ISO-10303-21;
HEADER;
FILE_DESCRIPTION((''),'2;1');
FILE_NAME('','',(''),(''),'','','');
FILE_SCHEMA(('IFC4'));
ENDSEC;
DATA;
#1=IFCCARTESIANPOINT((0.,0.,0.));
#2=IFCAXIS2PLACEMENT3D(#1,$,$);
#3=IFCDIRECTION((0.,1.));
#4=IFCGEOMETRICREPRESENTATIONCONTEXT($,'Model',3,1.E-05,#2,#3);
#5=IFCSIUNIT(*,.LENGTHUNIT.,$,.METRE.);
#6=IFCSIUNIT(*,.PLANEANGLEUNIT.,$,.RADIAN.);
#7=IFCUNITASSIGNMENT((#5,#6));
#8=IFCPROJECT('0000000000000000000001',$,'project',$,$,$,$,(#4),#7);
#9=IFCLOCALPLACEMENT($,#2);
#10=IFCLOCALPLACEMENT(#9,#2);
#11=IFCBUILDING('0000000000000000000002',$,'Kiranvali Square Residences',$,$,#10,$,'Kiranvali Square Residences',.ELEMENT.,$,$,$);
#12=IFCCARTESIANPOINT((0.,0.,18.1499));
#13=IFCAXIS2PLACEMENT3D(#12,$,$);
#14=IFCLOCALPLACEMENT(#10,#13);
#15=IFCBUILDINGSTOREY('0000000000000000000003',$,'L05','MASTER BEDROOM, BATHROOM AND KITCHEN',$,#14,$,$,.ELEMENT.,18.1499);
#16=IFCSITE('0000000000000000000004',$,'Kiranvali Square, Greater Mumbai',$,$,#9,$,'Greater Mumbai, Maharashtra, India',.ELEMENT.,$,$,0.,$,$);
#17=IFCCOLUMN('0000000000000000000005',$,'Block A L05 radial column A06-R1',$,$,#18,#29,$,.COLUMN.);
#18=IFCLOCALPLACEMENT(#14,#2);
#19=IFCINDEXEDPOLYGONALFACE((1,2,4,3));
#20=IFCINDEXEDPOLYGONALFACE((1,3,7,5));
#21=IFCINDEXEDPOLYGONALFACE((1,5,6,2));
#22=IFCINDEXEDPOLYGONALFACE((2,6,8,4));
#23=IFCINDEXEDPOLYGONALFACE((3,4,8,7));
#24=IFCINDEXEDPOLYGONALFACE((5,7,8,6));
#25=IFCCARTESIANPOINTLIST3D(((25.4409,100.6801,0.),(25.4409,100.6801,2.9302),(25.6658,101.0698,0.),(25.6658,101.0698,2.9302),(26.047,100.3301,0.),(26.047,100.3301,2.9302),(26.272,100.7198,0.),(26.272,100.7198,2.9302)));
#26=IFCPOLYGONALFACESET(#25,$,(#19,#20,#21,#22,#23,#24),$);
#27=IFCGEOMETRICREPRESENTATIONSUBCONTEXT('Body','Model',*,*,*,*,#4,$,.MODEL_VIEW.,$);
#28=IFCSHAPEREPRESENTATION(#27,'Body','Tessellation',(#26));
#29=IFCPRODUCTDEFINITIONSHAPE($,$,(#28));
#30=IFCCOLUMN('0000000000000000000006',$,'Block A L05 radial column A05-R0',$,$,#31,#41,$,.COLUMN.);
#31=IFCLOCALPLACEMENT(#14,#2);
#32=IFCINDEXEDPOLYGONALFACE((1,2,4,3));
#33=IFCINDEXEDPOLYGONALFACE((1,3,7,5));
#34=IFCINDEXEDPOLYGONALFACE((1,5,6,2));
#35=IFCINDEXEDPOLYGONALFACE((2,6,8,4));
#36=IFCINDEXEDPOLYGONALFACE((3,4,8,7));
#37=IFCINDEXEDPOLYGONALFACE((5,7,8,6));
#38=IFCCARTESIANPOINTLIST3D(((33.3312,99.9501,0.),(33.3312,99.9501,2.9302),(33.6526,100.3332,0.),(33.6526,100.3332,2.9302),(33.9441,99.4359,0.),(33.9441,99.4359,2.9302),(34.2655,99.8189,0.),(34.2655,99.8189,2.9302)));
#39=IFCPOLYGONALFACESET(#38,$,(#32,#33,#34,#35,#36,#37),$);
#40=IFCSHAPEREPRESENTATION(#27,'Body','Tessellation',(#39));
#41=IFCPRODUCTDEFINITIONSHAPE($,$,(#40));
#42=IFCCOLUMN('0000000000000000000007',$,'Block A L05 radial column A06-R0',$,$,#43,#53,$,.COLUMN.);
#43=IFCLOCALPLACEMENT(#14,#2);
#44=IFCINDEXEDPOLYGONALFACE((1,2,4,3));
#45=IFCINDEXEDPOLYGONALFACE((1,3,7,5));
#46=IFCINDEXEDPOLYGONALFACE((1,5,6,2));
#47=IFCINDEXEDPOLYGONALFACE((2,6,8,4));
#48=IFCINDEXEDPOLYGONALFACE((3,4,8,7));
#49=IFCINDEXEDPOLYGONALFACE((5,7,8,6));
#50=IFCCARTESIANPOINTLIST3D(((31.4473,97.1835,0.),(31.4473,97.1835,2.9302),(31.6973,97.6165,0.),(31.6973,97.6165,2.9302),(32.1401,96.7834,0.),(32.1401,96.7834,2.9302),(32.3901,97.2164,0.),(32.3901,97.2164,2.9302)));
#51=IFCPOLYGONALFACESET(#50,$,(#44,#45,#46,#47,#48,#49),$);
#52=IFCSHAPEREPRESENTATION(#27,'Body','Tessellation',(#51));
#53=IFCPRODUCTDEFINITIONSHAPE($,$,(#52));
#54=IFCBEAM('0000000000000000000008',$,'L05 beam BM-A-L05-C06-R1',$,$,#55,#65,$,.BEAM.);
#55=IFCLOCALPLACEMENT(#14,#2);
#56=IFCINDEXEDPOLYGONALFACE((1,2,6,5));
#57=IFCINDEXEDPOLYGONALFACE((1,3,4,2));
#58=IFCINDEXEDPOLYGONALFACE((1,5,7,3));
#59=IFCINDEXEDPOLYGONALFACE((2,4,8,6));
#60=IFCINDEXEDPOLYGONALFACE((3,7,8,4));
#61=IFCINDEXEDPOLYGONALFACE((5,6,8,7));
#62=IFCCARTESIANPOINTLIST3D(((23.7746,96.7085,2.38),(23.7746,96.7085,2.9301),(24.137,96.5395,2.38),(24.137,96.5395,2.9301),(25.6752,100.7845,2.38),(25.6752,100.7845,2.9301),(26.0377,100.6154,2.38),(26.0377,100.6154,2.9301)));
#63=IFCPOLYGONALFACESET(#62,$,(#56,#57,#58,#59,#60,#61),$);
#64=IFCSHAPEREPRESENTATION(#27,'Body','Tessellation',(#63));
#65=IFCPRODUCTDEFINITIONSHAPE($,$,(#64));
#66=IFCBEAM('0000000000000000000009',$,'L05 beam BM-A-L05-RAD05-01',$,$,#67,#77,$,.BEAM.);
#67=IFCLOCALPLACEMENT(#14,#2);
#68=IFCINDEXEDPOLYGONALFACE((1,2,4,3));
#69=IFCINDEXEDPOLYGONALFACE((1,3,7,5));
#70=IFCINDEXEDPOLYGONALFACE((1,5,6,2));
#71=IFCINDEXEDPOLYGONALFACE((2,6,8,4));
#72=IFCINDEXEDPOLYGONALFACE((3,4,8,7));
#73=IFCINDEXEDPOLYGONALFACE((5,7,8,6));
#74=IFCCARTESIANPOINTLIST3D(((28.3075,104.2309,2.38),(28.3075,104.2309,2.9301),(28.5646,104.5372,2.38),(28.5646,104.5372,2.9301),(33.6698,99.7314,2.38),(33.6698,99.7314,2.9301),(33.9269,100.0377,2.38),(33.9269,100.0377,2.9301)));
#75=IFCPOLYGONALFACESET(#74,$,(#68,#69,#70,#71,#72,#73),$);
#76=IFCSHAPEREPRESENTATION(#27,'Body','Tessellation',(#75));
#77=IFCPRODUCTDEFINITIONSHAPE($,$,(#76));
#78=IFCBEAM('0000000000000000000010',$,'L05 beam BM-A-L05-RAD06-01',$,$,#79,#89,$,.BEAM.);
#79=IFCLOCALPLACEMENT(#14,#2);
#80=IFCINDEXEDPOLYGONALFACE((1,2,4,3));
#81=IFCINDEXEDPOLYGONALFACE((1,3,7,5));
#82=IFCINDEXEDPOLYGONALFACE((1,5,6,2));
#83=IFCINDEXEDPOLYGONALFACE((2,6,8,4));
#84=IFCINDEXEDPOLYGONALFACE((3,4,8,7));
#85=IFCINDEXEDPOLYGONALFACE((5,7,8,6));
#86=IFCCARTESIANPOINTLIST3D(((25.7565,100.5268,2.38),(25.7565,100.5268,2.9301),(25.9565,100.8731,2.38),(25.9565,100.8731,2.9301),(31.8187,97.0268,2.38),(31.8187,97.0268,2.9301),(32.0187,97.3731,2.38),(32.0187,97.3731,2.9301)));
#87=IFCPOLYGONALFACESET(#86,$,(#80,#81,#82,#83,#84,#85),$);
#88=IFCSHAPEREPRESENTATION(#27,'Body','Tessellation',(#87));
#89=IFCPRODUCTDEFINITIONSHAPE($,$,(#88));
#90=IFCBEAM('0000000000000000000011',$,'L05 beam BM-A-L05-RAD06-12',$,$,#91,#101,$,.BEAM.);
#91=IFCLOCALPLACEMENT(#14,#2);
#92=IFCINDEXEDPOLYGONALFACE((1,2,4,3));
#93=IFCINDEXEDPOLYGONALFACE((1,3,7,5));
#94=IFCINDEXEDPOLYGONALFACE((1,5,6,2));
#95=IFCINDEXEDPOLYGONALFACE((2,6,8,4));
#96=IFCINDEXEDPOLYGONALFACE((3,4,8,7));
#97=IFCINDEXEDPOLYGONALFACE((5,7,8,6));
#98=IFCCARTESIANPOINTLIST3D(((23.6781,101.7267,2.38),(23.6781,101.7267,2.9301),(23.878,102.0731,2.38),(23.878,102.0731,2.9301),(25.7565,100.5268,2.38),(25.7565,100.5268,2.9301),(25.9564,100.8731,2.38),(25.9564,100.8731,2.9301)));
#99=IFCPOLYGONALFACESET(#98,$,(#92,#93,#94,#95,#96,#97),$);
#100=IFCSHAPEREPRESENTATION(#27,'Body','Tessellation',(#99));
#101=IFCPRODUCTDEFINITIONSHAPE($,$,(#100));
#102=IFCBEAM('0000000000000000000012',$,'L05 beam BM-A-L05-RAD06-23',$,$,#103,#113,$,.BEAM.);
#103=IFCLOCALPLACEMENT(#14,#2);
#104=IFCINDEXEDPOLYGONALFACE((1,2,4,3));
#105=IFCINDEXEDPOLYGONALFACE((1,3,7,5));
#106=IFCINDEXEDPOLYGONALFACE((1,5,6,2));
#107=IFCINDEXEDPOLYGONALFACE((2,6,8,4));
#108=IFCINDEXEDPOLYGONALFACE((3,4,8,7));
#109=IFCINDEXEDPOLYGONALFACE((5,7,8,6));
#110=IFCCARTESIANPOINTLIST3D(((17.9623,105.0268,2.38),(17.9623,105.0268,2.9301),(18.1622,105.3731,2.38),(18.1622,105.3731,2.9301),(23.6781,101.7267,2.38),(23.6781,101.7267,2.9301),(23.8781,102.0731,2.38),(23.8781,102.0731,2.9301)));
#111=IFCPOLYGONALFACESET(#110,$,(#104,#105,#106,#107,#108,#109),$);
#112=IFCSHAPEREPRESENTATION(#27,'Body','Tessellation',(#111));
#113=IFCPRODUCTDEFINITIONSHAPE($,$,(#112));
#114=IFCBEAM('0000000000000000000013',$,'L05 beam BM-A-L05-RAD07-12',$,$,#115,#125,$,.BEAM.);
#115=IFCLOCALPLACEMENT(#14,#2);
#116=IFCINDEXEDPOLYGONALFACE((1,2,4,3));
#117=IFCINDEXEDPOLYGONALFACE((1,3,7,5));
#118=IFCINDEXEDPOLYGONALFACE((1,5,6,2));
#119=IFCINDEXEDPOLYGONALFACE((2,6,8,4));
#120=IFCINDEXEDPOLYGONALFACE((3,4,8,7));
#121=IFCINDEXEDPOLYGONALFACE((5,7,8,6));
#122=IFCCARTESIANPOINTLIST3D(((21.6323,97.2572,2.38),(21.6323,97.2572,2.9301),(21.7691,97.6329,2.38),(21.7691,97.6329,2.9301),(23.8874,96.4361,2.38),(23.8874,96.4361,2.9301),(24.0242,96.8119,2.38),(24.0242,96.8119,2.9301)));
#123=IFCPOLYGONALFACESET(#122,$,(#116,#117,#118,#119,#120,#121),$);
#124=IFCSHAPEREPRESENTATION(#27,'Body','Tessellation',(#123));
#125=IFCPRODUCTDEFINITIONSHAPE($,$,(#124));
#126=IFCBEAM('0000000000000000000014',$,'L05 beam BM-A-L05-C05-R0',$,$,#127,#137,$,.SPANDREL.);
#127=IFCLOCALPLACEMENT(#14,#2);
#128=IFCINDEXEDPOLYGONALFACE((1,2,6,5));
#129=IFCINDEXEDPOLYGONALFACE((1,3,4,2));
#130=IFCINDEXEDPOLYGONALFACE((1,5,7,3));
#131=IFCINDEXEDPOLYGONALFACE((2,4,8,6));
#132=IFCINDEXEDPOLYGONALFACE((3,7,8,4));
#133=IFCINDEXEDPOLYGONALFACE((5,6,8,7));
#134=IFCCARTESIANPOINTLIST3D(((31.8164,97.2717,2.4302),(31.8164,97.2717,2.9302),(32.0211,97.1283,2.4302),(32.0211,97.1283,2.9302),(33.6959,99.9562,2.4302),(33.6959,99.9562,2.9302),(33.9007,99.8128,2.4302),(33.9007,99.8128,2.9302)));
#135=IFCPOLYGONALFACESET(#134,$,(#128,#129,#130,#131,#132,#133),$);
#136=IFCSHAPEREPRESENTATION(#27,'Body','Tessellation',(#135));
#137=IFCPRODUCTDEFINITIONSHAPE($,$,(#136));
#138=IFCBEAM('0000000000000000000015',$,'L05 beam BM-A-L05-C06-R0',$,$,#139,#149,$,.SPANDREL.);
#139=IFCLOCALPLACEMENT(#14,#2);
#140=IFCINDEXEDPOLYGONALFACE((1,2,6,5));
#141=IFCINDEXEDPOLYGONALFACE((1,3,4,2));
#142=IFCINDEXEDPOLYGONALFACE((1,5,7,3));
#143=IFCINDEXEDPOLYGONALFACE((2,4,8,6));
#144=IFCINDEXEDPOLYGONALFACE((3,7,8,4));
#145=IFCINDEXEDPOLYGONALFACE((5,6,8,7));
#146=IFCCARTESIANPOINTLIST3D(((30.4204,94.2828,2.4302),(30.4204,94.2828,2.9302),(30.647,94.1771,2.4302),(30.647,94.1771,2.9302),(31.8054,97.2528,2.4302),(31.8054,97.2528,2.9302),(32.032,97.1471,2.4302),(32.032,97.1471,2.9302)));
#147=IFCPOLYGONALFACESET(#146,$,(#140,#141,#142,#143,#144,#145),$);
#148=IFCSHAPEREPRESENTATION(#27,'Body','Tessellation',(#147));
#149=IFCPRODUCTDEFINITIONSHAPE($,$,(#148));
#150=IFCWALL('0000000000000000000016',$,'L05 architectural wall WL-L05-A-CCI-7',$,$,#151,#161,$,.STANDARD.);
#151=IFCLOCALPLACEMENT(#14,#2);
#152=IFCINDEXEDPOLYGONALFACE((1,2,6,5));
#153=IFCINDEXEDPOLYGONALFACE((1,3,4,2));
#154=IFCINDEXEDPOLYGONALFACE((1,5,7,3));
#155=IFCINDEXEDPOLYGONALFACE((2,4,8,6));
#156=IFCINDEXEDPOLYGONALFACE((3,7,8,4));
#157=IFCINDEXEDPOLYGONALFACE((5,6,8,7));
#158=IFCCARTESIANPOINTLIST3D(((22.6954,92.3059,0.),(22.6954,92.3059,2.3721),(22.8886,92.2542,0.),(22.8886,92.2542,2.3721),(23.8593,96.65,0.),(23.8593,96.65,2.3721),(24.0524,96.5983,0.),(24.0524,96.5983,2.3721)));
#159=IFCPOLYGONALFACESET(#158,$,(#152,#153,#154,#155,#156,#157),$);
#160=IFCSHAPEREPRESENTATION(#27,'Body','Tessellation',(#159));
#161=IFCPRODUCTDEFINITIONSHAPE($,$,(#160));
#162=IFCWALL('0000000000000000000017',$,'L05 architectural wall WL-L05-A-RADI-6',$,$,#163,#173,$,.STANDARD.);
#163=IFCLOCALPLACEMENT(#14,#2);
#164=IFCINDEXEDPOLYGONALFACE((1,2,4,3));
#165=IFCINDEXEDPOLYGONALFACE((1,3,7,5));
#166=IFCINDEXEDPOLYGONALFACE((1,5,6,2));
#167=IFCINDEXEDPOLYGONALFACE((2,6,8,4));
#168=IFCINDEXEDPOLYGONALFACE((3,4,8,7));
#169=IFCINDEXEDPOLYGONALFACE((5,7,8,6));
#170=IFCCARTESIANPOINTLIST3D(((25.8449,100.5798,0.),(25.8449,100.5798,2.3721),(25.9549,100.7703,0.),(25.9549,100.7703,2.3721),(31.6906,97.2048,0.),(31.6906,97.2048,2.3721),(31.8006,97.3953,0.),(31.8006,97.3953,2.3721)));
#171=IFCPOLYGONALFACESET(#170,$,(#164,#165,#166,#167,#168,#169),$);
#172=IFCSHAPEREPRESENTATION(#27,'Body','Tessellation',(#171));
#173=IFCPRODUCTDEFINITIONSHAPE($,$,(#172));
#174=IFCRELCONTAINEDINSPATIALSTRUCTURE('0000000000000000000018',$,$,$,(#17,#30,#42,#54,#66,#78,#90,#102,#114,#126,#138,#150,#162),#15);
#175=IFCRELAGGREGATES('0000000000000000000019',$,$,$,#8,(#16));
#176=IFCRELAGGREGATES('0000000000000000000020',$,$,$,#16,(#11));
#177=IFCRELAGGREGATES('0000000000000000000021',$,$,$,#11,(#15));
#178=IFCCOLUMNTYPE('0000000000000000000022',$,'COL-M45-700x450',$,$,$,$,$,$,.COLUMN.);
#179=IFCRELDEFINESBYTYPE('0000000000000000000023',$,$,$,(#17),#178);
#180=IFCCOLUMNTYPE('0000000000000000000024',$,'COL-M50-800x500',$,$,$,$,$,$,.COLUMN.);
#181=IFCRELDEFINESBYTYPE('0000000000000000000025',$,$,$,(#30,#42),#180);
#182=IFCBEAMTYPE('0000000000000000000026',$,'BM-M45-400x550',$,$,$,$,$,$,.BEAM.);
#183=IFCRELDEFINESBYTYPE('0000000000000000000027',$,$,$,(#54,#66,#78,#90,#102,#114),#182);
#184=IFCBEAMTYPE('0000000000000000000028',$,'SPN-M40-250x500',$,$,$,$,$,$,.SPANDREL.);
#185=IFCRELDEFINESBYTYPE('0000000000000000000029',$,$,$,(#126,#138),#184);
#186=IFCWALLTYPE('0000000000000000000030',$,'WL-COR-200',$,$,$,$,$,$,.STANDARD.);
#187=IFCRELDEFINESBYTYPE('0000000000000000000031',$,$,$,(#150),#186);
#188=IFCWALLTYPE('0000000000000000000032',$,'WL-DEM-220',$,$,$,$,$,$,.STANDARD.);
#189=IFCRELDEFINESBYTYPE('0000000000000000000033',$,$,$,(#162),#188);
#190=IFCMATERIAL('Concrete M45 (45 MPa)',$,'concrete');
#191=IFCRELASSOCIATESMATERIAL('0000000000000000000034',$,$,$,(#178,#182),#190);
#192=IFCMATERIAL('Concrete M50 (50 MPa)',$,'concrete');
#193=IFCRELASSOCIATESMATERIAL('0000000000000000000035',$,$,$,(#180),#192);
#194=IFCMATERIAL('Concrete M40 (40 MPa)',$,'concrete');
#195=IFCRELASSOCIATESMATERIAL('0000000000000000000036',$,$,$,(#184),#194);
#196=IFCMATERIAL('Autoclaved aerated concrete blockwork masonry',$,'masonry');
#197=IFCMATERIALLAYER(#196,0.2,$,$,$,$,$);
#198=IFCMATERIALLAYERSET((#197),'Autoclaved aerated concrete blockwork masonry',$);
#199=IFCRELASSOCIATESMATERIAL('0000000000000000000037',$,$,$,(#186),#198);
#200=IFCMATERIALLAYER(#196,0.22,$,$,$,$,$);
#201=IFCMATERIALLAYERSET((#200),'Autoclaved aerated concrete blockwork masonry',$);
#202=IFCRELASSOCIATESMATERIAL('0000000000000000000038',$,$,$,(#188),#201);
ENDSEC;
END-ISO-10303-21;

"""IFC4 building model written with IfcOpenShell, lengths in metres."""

from ifc_helpers import new_model, si_unit, direction, frame, frame_2d, origin, origin_2d, place, context, subcontext, project, spatial, rectangle, extrude, material, layer, layer_set, material_profile, profile_set, type_object, element, save


model = new_model("IFC4")

# Units and contexts
model_context = context("Model", 3, precision=1e-05, world=origin(), true_north=direction((0.0, 1.0)))
body_context = subcontext(model_context, "Body", "Model", "MODEL_VIEW")
ifc_project = project(units=[si_unit("LENGTHUNIT", "METRE"), si_unit("PLANEANGLEUNIT", "RADIAN")], contexts=[model_context])

# Site, building, storey
site_placement = place(None, origin())
site = spatial("IfcSite", under=ifc_project, at=site_placement, Name="Kiranvali Square, Greater Mumbai", LongName="Greater Mumbai, Maharashtra, India", CompositionType="ELEMENT", RefElevation=0.0)
building_placement = place(site_placement, origin())
building = spatial("IfcBuilding", under=site, at=building_placement, Name="Kiranvali Square Residences", LongName="Kiranvali Square Residences", CompositionType="ELEMENT")
storey_placement = place(building_placement, frame((0.0, 0.0, 18.1499)))
storey = spatial("IfcBuildingStorey", under=building, at=storey_placement, Name="L05", Description="MASTER BEDROOM, BATHROOM AND KITCHEN", CompositionType="ELEMENT", Elevation=18.1499)

# Columns
ifc_material_1 = material(Name="Concrete M45 (45 MPa)", Category="concrete")
ifc_material_profile_1 = material_profile(ifc_material_1, rectangle(XDim=0.45, YDim=0.7, at=origin_2d()), Name="RC 700x450")
ifc_profile_set_1 = profile_set([ifc_material_profile_1], Name="Concrete M45 (45 MPa)")
column_type_1 = type_object("IfcColumnType", Name="COL-M45-700x450", PredefinedType="COLUMN", material=ifc_profile_set_1)
column_placement = place(storey_placement, frame((25.8564, 100.7, 0.0), z_axis=(0.0, 0.0, 1.0), x_axis=(0.5, 0.866025, 0.0)))
element("IfcColumn", 1, at=column_placement, inside=storey, type_object=column_type_1, Name="Block A L05 radial column A06-R1", PredefinedType="COLUMN", context=body_context, shape_type="SweptSolid", body=[
    extrude(rectangle(XDim=0.45, YDim=0.7, at=origin_2d()), origin(), (0.0, 0.0, 1.0), 2.9302),
])
ifc_material_2 = material(Name="Concrete M50 (50 MPa)", Category="concrete")
ifc_material_profile_2 = material_profile(ifc_material_2, rectangle(XDim=0.5, YDim=0.8, at=origin_2d()), Name="RC 800x500")
ifc_profile_set_2 = profile_set([ifc_material_profile_2], Name="Concrete M50 (50 MPa)")
column_type_2 = type_object("IfcColumnType", Name="COL-M50-800x500", PredefinedType="COLUMN", material=ifc_profile_set_2)
for number, where, z_axis, x_axis, name in (
    (2, (33.7983, 99.8845, 0.0), (0.0, 0.0, 1.0), (0.642788, 0.766044, 0.0), "Block A L05 radial column A05-R0"),
    (3, (31.9187, 97.2, 0.0), (0.0, 0.0, 1.0), (0.5, 0.866025, 0.0), "Block A L05 radial column A06-R0"),
):
    element("IfcColumn", number, at=place(storey_placement, frame(where, z_axis=z_axis, x_axis=x_axis)), inside=storey, type_object=column_type_2, Name=name, PredefinedType="COLUMN", context=body_context, shape_type="SweptSolid", body=[
        extrude(rectangle(XDim=0.5, YDim=0.8, at=origin_2d()), origin(), (0.0, 0.0, 1.0), 2.9302),
    ])

# Beams
ifc_material_profile_3 = material_profile(ifc_material_1, rectangle(XDim=0.3999, YDim=0.55, at=origin_2d()), Name="RC 400x550")
ifc_profile_set_3 = profile_set([ifc_material_profile_3], Name="Concrete M45 (45 MPa)")
beam_type_1 = type_object("IfcBeamType", Name="BM-M45-400x550", PredefinedType="BEAM", material=ifc_profile_set_3)
beam_1_placement = place(storey_placement, frame((25.8564, 100.7, 2.655), z_axis=(-0.422618, -0.906308, 0.0), x_axis=(0.906308, -0.422618, 0.0)))
element("IfcBeam", 4, at=beam_1_placement, inside=storey, type_object=beam_type_1, Name="L05 beam BM-A-L05-C06-R1", PredefinedType="BEAM", context=body_context, shape_type="SweptSolid", body=[
    extrude(rectangle(XDim=0.3999, YDim=0.55, at=origin_2d()), origin(), (0.0, 0.0, 1.0), 4.4973),
])
for number, where, z_axis, x_axis, name in (
    (5, (33.7983, 99.8845, 2.655), (-0.766044, 0.642788, 0.0), (-0.642788, -0.766044, 0.0), "L05 beam BM-A-L05-RAD05-01"),
    (6, (31.9187, 97.2, 2.655), (-0.866028, 0.499995, 0.0), (-0.499995, -0.866028, 0.0), "L05 beam BM-A-L05-RAD06-01"),
):
    element("IfcBeam", number, at=place(storey_placement, frame(where, z_axis=z_axis, x_axis=x_axis)), inside=storey, type_object=beam_type_1, Name=name, PredefinedType="BEAM", context=body_context, shape_type="SweptSolid", body=[
        extrude(rectangle(XDim=0.3999, YDim=0.55, at=origin_2d()), origin(), (0.0, 0.0, 1.0), 7.0),
    ])
beam_2_placement = place(storey_placement, frame((25.8564, 100.7, 2.655), z_axis=(-0.866025, 0.500001, 0.0), x_axis=(-0.500001, -0.866025, 0.0)))
element("IfcBeam", 7, at=beam_2_placement, inside=storey, type_object=beam_type_1, Name="L05 beam BM-A-L05-RAD06-12", PredefinedType="BEAM", context=body_context, shape_type="SweptSolid", body=[
    extrude(rectangle(XDim=0.3999, YDim=0.55, at=origin_2d()), origin(), (0.0, 0.0, 1.0), 2.3999),
])
beam_3_placement = place(storey_placement, frame((23.7781, 101.8999, 2.655), z_axis=(-0.866024, 0.500002, 0.0), x_axis=(-0.500002, -0.866024, 0.0)))
element("IfcBeam", 8, at=beam_3_placement, inside=storey, type_object=beam_type_1, Name="L05 beam BM-A-L05-RAD06-23", PredefinedType="BEAM", context=body_context, shape_type="SweptSolid", body=[
    extrude(rectangle(XDim=0.3999, YDim=0.55, at=origin_2d()), origin(), (0.0, 0.0, 1.0), 6.6001),
])
beam_4_placement = place(storey_placement, frame((23.9558, 96.624, 2.655), z_axis=(-0.93966, 0.342111, 0.0), x_axis=(-0.342111, -0.93966, 0.0)))
element("IfcBeam", 9, at=beam_4_placement, inside=storey, type_object=beam_type_1, Name="L05 beam BM-A-L05-RAD07-12", PredefinedType="BEAM", context=body_context, shape_type="SweptSolid", body=[
    extrude(rectangle(XDim=0.3999, YDim=0.55, at=origin_2d()), origin(), (0.0, 0.0, 1.0), 2.3999),
])
ifc_material_3 = material(Name="Concrete M40 (40 MPa)", Category="concrete")
ifc_material_profile_4 = material_profile(ifc_material_3, rectangle(XDim=0.25, YDim=0.5, at=origin_2d()), Name="RC 250x500")
ifc_profile_set_4 = profile_set([ifc_material_profile_4], Name="Concrete M40 (40 MPa)")
beam_type_2 = type_object("IfcBeamType", Name="SPN-M40-250x500", PredefinedType="SPANDREL", material=ifc_profile_set_4)
for number, where, z_axis, x_axis, name in (
    (10, (33.7983, 99.8845, 2.6802), (-0.573552, -0.819169, 0.0), (0.819169, -0.573552, 0.0), "L05 beam BM-A-L05-C05-R0"),
    (11, (31.9187, 97.2, 2.6802), (-0.422641, -0.906297, 0.0), (0.906297, -0.422641, 0.0), "L05 beam BM-A-L05-C06-R0"),
):
    element("IfcBeam", number, at=place(storey_placement, frame(where, z_axis=z_axis, x_axis=x_axis)), inside=storey, type_object=beam_type_2, Name=name, PredefinedType="SPANDREL", context=body_context, shape_type="SweptSolid", body=[
        extrude(rectangle(XDim=0.25, YDim=0.5, at=origin_2d()), origin(), (0.0, 0.0, 1.0), 3.2771),
    ])

# Shared definitions
ifc_material_4 = material(Name="Autoclaved aerated concrete blockwork masonry", Category="masonry")
ifc_layer_1 = layer(ifc_material_4, 0.2)
ifc_layer_set_1 = layer_set([ifc_layer_1], Name="Autoclaved aerated concrete blockwork masonry")
wall_type_1 = type_object("IfcWallType", Name="WL-COR-200", PredefinedType="STANDARD", material=ifc_layer_set_1)

# Walls
wall_1_placement = place(storey_placement, frame((23.9558, 96.624, 0.0), z_axis=(0.0, 0.0, 1.0), x_axis=(-0.258788, -0.965934, 0.0)))
element("IfcWall", 12, at=wall_1_placement, inside=storey, type_object=wall_type_1, Name="L05 architectural wall WL-L05-A-CCI-7", PredefinedType="STANDARD", context=body_context, shape_type="SweptSolid", body=[
    extrude(rectangle(XDim=4.4973, YDim=0.2, at=frame_2d((2.2485, 0.0))), origin(), (0.0, 0.0, 1.0), 2.3721),
])
ifc_layer_2 = layer(ifc_material_4, 0.22)
ifc_layer_set_2 = layer_set([ifc_layer_2], Name="Autoclaved aerated concrete blockwork masonry")
wall_type_2 = type_object("IfcWallType", Name="WL-DEM-220", PredefinedType="STANDARD", material=ifc_layer_set_2)
wall_2_placement = place(storey_placement, frame((31.7456, 97.3, 0.0), z_axis=(0.0, 0.0, 1.0), x_axis=(-0.866027, 0.499998, 0.0)))
element("IfcWall", 13, at=wall_2_placement, inside=storey, type_object=wall_type_2, Name="L05 architectural wall WL-L05-A-RADI-6", PredefinedType="STANDARD", context=body_context, shape_type="SweptSolid", body=[
    extrude(rectangle(XDim=6.75, YDim=0.22, at=frame_2d((3.375, 0.0))), origin(), (0.0, 0.0, 1.0), 2.3721),
])

save(model, "model.ifc")
